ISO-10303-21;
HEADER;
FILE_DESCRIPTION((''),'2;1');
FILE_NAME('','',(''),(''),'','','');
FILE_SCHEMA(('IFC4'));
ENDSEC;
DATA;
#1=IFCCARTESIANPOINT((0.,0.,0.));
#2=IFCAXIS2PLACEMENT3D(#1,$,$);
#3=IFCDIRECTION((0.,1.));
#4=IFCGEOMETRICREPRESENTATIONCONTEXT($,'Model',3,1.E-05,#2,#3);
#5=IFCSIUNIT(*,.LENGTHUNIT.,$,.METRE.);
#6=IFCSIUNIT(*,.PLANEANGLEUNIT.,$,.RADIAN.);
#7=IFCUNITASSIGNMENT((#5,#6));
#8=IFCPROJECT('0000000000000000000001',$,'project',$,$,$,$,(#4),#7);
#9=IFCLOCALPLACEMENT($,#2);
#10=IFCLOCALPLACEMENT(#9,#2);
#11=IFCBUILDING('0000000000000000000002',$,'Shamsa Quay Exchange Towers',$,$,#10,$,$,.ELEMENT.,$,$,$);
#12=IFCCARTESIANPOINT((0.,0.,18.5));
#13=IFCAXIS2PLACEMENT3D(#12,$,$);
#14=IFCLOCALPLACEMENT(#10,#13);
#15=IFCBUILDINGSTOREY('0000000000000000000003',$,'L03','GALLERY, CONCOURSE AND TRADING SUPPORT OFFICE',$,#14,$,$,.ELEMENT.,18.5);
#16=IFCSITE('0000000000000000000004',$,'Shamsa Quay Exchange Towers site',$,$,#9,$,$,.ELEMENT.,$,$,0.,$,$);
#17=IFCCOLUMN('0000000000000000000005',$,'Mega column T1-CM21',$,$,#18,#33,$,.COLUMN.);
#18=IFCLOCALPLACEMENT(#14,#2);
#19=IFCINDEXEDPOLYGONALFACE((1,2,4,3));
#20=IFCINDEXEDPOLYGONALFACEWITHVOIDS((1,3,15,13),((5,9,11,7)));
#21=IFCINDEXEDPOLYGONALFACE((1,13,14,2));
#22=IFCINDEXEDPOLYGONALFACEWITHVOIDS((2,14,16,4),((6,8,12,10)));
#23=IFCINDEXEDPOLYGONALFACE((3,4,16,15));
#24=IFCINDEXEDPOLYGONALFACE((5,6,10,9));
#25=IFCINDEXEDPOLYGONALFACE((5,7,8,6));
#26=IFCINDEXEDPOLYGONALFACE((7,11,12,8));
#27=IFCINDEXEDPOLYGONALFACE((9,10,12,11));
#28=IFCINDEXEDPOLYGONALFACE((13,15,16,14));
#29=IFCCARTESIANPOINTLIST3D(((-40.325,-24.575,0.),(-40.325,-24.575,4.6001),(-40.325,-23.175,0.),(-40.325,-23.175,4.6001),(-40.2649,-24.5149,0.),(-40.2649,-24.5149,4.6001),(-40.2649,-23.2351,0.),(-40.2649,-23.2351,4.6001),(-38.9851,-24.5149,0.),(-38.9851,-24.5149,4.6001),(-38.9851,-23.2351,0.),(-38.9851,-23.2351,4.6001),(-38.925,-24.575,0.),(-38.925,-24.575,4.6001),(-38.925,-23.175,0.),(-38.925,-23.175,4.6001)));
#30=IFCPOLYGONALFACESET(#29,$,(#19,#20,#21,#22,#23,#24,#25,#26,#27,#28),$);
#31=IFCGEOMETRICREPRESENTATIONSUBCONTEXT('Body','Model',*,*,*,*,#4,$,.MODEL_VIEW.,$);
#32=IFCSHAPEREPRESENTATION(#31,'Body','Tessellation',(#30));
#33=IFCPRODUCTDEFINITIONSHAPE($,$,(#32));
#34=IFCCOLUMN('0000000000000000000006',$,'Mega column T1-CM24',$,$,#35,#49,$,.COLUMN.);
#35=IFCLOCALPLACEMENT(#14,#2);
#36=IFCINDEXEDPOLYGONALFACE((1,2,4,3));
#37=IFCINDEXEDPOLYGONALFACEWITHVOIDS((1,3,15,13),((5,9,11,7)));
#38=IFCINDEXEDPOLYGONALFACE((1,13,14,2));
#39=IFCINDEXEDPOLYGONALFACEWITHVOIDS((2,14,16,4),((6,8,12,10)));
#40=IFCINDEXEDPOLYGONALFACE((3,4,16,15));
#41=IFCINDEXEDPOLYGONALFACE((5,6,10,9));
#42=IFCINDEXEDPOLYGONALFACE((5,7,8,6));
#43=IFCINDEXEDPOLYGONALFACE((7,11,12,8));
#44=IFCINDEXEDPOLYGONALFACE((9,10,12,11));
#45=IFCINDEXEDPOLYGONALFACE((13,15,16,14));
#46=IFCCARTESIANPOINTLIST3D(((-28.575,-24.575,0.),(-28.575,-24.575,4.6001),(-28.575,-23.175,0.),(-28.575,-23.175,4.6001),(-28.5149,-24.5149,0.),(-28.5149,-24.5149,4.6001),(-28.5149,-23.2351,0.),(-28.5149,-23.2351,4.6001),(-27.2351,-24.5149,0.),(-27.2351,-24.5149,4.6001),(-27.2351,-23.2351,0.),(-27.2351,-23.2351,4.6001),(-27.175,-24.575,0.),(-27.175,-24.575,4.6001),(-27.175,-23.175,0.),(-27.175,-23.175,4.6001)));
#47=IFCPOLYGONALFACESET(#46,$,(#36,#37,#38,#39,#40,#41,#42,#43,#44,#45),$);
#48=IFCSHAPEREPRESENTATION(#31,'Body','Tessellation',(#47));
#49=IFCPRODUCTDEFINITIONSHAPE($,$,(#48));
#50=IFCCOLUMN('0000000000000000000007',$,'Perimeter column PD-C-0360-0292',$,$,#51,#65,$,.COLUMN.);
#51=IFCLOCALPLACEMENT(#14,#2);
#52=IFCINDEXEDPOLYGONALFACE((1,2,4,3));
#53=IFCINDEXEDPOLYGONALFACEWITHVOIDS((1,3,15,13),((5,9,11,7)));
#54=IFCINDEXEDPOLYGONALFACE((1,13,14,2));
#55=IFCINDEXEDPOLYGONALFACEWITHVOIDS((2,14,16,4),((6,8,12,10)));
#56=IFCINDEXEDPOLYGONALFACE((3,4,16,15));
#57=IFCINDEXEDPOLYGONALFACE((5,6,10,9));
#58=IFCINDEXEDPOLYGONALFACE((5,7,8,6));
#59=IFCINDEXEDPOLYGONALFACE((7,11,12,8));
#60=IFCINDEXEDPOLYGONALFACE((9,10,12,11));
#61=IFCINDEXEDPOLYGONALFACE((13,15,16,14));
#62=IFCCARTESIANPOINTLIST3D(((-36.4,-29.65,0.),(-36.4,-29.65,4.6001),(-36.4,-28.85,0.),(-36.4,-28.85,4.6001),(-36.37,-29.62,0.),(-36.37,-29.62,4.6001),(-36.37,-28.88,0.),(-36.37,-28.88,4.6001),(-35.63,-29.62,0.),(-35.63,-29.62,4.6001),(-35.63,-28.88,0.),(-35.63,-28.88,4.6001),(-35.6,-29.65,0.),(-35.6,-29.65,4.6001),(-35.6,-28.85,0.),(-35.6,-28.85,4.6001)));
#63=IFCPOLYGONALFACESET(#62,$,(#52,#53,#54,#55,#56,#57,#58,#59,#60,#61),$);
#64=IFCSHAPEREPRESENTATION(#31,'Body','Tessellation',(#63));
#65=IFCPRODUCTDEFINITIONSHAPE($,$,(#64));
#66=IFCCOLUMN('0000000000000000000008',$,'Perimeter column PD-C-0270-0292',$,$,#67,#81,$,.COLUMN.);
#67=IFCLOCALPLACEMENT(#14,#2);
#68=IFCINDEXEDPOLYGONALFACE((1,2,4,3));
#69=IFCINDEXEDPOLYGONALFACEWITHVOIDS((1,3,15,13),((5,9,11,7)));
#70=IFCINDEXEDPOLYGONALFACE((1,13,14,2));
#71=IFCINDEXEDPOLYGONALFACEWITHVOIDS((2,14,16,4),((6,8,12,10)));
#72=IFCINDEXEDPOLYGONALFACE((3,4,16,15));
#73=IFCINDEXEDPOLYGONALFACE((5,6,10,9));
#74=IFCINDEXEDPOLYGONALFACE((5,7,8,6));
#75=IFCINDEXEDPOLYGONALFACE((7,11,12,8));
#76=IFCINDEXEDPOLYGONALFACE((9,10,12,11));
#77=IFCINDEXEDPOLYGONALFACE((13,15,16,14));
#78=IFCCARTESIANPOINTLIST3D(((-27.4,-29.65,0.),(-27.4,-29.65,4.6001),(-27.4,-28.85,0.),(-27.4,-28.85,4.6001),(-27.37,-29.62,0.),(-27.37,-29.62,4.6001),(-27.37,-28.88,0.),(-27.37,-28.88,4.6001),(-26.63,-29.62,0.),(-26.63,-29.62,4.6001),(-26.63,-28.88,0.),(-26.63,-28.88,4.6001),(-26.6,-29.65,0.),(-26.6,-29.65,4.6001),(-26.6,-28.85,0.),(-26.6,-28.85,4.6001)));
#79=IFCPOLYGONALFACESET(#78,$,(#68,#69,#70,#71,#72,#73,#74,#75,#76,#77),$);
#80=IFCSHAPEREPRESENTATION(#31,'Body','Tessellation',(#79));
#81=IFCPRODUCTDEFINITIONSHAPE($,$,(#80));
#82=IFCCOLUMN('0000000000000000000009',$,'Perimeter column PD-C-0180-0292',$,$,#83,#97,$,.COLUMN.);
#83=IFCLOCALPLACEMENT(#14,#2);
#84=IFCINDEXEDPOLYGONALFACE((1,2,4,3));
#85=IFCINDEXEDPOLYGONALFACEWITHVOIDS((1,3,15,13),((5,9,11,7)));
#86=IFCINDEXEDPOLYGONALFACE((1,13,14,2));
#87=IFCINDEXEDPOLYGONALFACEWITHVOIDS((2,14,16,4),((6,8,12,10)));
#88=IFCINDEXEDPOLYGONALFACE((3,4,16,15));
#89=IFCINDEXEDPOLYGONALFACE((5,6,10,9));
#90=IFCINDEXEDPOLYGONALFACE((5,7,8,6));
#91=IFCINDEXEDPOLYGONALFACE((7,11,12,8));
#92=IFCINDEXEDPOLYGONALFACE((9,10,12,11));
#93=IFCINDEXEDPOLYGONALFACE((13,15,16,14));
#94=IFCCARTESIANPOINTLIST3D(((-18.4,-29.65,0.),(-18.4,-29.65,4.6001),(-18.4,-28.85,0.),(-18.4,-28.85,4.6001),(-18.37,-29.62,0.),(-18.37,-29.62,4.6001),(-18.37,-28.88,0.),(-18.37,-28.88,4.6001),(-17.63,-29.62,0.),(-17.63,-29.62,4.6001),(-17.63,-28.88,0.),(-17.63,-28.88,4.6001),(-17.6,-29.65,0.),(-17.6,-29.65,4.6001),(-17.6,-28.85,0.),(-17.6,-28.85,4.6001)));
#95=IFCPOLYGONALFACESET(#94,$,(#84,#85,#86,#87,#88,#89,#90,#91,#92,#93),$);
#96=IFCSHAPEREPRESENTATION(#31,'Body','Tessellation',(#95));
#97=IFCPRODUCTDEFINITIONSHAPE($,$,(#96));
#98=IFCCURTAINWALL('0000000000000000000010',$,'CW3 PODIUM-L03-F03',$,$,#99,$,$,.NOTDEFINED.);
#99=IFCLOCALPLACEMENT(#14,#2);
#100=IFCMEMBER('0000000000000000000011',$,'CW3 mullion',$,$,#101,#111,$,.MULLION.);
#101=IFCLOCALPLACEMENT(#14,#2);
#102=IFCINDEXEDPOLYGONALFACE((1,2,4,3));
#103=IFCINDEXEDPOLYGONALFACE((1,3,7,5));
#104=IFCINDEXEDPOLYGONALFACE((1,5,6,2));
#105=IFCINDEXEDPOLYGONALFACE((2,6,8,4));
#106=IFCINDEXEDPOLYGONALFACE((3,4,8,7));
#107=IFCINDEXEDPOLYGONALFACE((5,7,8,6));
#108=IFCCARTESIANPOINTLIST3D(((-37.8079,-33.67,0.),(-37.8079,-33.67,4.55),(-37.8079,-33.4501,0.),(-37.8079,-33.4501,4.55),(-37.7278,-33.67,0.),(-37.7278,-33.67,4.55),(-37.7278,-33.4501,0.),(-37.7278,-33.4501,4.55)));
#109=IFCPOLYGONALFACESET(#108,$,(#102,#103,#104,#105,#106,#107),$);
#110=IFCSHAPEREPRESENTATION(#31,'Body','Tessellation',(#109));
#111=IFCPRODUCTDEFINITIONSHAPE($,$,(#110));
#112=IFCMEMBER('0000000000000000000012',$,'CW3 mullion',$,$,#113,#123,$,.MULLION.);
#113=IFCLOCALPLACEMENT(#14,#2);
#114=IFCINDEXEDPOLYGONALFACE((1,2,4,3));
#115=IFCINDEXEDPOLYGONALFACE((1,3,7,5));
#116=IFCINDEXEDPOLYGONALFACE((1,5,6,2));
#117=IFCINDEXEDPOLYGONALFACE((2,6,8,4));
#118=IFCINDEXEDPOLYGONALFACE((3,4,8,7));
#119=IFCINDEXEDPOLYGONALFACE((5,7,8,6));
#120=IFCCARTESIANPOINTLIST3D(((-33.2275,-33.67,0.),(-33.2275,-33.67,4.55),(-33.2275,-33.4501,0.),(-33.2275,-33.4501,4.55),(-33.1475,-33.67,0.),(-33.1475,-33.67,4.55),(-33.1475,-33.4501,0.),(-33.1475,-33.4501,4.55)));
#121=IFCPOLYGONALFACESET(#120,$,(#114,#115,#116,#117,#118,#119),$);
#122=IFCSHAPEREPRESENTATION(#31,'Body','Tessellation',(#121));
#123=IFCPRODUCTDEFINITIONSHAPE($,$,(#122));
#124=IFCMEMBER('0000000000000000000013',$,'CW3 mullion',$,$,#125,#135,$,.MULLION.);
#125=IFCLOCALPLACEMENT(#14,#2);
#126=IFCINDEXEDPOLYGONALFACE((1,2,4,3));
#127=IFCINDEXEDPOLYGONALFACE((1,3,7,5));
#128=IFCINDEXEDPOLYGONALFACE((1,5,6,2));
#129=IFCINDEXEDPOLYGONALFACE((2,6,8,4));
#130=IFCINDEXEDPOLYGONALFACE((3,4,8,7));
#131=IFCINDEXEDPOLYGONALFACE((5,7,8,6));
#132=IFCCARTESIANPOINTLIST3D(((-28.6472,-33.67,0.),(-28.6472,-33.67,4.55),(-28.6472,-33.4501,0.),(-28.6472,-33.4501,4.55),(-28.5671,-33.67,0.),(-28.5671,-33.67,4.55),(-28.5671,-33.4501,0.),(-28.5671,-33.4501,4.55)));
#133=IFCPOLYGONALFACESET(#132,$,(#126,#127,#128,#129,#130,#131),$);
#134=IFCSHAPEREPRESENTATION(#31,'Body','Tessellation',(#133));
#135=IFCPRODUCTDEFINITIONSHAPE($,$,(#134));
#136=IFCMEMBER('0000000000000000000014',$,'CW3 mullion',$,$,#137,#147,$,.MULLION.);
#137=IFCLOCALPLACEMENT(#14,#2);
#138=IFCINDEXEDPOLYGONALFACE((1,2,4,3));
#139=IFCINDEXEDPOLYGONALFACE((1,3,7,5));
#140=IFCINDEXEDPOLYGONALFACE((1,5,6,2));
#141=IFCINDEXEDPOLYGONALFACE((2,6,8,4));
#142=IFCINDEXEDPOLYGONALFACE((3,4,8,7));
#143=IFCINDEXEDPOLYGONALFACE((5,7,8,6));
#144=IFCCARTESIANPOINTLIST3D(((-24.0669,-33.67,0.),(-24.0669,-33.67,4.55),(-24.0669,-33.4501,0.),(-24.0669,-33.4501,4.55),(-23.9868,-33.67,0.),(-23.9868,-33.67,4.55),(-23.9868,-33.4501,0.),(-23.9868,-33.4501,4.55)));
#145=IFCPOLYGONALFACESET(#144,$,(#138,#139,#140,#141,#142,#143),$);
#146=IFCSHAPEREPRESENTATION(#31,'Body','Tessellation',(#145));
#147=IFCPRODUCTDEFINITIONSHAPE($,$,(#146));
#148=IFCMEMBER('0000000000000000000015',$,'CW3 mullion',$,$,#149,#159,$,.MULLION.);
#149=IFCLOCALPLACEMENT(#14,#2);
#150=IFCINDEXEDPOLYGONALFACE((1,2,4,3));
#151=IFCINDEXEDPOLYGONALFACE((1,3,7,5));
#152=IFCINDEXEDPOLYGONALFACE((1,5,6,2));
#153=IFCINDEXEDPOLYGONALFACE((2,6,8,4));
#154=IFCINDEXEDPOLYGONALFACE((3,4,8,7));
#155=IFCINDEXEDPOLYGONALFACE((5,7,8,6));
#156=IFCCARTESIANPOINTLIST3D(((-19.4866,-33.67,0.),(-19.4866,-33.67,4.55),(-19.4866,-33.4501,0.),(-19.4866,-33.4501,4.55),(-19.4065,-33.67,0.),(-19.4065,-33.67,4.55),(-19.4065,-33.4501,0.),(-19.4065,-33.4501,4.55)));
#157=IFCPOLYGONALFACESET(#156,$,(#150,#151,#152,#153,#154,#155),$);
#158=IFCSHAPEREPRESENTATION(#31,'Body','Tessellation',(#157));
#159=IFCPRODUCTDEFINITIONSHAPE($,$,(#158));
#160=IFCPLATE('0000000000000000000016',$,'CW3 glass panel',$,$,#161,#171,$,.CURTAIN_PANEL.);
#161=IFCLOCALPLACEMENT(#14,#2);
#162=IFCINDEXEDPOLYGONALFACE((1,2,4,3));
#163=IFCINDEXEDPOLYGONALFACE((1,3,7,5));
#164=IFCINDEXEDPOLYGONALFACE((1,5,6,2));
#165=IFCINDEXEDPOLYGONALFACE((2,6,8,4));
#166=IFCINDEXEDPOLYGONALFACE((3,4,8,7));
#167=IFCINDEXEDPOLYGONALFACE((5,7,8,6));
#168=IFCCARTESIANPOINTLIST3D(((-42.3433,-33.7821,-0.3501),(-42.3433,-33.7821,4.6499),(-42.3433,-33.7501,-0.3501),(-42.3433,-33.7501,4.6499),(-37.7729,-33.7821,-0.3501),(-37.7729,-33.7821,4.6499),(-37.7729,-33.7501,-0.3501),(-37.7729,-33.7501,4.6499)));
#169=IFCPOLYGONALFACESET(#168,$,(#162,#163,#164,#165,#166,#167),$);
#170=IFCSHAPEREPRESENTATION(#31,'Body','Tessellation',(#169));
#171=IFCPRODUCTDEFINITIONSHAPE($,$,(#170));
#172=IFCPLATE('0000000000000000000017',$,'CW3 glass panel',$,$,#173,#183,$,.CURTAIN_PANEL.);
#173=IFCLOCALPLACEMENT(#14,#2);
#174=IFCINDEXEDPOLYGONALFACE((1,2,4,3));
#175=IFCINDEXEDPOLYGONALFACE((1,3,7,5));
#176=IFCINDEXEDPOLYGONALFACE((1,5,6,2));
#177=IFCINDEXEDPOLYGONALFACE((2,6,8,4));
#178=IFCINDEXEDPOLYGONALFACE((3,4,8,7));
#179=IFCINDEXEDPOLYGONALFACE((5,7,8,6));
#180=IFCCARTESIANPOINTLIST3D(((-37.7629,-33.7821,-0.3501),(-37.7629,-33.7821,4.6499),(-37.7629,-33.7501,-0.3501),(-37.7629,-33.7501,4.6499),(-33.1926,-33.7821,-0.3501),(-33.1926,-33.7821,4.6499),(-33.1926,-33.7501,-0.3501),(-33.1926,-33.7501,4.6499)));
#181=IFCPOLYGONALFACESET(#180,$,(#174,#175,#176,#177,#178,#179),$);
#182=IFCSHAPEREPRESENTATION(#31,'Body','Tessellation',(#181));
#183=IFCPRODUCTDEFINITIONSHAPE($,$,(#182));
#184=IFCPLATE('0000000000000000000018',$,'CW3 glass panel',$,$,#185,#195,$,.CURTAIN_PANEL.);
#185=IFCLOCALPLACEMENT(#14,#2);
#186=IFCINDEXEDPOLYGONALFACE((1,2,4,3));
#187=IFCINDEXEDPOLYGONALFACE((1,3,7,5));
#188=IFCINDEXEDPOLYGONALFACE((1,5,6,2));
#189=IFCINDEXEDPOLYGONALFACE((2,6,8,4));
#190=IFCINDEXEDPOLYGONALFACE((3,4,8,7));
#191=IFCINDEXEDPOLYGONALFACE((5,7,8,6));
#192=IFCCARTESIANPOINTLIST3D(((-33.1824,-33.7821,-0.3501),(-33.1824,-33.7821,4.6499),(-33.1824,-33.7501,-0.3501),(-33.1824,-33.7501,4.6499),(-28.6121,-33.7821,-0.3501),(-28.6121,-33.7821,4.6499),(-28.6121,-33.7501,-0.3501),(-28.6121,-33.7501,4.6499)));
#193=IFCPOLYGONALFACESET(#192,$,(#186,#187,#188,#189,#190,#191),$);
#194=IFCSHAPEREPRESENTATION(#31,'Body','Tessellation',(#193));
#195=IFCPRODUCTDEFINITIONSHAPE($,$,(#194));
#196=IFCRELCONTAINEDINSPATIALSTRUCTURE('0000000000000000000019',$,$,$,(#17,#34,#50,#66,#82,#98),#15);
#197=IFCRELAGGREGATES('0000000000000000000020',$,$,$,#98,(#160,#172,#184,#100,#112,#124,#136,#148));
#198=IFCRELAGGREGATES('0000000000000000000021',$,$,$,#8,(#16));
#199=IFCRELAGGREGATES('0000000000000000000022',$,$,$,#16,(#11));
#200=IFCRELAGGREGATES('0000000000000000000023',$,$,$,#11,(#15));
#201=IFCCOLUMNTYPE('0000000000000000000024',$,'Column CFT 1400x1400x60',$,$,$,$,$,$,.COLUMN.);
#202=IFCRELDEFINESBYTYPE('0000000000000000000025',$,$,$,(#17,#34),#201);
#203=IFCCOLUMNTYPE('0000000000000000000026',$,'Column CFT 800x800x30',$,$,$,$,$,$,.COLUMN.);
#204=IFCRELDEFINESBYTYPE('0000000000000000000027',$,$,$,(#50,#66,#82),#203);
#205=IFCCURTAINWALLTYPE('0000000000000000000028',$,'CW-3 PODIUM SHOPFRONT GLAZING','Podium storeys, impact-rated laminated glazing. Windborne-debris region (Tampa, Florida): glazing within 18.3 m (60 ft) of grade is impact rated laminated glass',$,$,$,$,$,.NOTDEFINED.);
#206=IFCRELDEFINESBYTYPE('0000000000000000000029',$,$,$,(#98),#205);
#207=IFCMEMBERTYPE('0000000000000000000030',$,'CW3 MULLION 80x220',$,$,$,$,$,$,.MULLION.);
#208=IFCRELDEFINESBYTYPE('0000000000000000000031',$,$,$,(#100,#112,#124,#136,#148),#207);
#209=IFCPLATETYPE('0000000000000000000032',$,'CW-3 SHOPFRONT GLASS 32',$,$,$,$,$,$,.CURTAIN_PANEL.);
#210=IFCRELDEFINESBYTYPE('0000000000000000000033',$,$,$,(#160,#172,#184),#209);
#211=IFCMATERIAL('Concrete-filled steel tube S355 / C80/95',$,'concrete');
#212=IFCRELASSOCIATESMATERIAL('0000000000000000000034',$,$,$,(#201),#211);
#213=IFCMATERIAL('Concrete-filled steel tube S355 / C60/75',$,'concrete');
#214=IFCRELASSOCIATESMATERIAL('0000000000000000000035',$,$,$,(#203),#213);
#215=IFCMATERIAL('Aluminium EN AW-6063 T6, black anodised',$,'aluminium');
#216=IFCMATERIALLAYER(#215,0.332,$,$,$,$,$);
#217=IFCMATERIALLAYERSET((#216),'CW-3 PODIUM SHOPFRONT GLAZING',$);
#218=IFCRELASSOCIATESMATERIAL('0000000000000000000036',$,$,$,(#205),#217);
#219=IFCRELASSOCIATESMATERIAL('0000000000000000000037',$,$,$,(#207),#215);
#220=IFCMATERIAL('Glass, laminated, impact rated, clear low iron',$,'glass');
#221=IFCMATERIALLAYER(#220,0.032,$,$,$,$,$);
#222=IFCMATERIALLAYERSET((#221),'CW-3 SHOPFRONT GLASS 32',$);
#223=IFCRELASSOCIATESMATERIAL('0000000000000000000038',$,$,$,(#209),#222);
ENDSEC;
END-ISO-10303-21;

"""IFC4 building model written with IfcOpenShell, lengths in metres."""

from ifc_helpers import new_model, si_unit, direction, frame, origin, origin_2d, place, context, subcontext, project, spatial, rectangle, hollow_rectangle, extrude, material, layer, layer_set, material_profile, profile_set, type_object, element, aggregate, save


model = new_model("IFC4")

# Units and contexts
model_context = context("Model", 3, precision=1e-05, world=origin(), true_north=direction((0.0, 1.0)))
body_context = subcontext(model_context, "Body", "Model", "MODEL_VIEW")
ifc_project = project(units=[si_unit("LENGTHUNIT", "METRE"), si_unit("PLANEANGLEUNIT", "RADIAN")], contexts=[model_context])

# Site, building, storey
site_placement = place(None, origin())
site = spatial("IfcSite", under=ifc_project, at=site_placement, Name="Shamsa Quay Exchange Towers site", CompositionType="ELEMENT", RefElevation=0.0)
building_placement = place(site_placement, origin())
building = spatial("IfcBuilding", under=site, at=building_placement, Name="Shamsa Quay Exchange Towers", CompositionType="ELEMENT")
storey_placement = place(building_placement, frame((0.0, 0.0, 18.5)))
storey = spatial("IfcBuildingStorey", under=building, at=storey_placement, Name="L03", Description="GALLERY, CONCOURSE AND TRADING SUPPORT OFFICE", CompositionType="ELEMENT", Elevation=18.5)

# Columns
ifc_material_1 = material(Name="Concrete-filled steel tube S355 / C80/95", Category="concrete")
ifc_material_profile_1 = material_profile(ifc_material_1, hollow_rectangle(XDim=1.3999, YDim=1.3999, WallThickness=0.0601, at=origin_2d()), Name="CFT 1400x1400x60")
ifc_profile_set_1 = profile_set([ifc_material_profile_1], Name="Concrete-filled steel tube S355 / C80/95")
column_type_1 = type_object("IfcColumnType", Name="Column CFT 1400x1400x60", PredefinedType="COLUMN", material=ifc_profile_set_1)
for number, where, name in (
    (1, (-39.625, -23.875, 0.0), "Mega column T1-CM21"),
    (2, (-27.875, -23.875, 0.0), "Mega column T1-CM24"),
):
    element("IfcColumn", number, at=place(storey_placement, frame(where)), inside=storey, type_object=column_type_1, Name=name, PredefinedType="COLUMN", context=body_context, shape_type="SweptSolid", body=[
        extrude(hollow_rectangle(XDim=1.3999, YDim=1.3999, WallThickness=0.0601, at=origin_2d()), origin(), (0.0, 0.0, 1.0), 4.6001),
    ])
ifc_material_2 = material(Name="Concrete-filled steel tube S355 / C60/75", Category="concrete")
ifc_material_profile_2 = material_profile(ifc_material_2, hollow_rectangle(XDim=0.8, YDim=0.8, WallThickness=0.03, at=origin_2d()), Name="CFT 800x800x30")
ifc_profile_set_2 = profile_set([ifc_material_profile_2], Name="Concrete-filled steel tube S355 / C60/75")
column_type_2 = type_object("IfcColumnType", Name="Column CFT 800x800x30", PredefinedType="COLUMN", material=ifc_profile_set_2)
for number, where, name in (
    (3, (-36.0, -29.25, 0.0), "Perimeter column PD-C-0360-0292"),
    (4, (-27.0, -29.25, 0.0), "Perimeter column PD-C-0270-0292"),
    (5, (-18.0, -29.25, 0.0), "Perimeter column PD-C-0180-0292"),
):
    element("IfcColumn", number, at=place(storey_placement, frame(where)), inside=storey, type_object=column_type_2, Name=name, PredefinedType="COLUMN", context=body_context, shape_type="SweptSolid", body=[
        extrude(hollow_rectangle(XDim=0.8, YDim=0.8, WallThickness=0.03, at=origin_2d()), origin(), (0.0, 0.0, 1.0), 4.6001),
    ])

# Curtain wall, members, plates
ifc_material_3 = material(Name="Aluminium EN AW-6063 T6, black anodised", Category="aluminium")
ifc_layer_1 = layer(ifc_material_3, 0.332)
ifc_layer_set_1 = layer_set([ifc_layer_1], Name="CW-3 PODIUM SHOPFRONT GLAZING")
curtain_wall_type = type_object("IfcCurtainWallType", Name="CW-3 PODIUM SHOPFRONT GLAZING", Description="Podium storeys, impact-rated laminated glazing. Windborne-debris region (Tampa, Florida): glazing within 18.3 m (60 ft) of grade is impact rated laminated glass", PredefinedType="NOTDEFINED", material=ifc_layer_set_1)
curtain_wall_placement = place(storey_placement, origin())
curtain_wall = element("IfcCurtainWall", 6, at=curtain_wall_placement, inside=storey, type_object=curtain_wall_type, Name="CW3 PODIUM-L03-F03", PredefinedType="NOTDEFINED")
ifc_material_profile_3 = material_profile(ifc_material_3, rectangle(XDim=0.22, YDim=0.0801, at=origin_2d()), Name="MU80x220")
ifc_profile_set_3 = profile_set([ifc_material_profile_3], Name="Aluminium EN AW-6063 T6, black anodised")
member_type = type_object("IfcMemberType", Name="CW3 MULLION 80x220", PredefinedType="MULLION", material=ifc_profile_set_3)
member_1_placement = place(storey_placement, frame((-37.7678, -33.5601, 0.0), z_axis=(0.0, 0.0, 1.0), x_axis=(0.0, 1.0, 0.0)))
member_1 = element("IfcMember", 7, at=member_1_placement, type_object=member_type, Name="CW3 mullion", PredefinedType="MULLION", context=body_context, shape_type="SweptSolid", body=[
    extrude(rectangle(XDim=0.22, YDim=0.0801, at=origin_2d()), origin(), (0.0, 0.0, 1.0), 4.55),
])
member_2_placement = place(storey_placement, frame((-33.1875, -33.5601, 0.0), z_axis=(0.0, 0.0, 1.0), x_axis=(0.0, 1.0, 0.0)))
member_2 = element("IfcMember", 8, at=member_2_placement, type_object=member_type, Name="CW3 mullion", PredefinedType="MULLION", context=body_context, shape_type="SweptSolid", body=[
    extrude(rectangle(XDim=0.22, YDim=0.0801, at=origin_2d()), origin(), (0.0, 0.0, 1.0), 4.55),
])
member_3_placement = place(storey_placement, frame((-28.6072, -33.5601, 0.0), z_axis=(0.0, 0.0, 1.0), x_axis=(0.0, 1.0, 0.0)))
member_3 = element("IfcMember", 9, at=member_3_placement, type_object=member_type, Name="CW3 mullion", PredefinedType="MULLION", context=body_context, shape_type="SweptSolid", body=[
    extrude(rectangle(XDim=0.22, YDim=0.0801, at=origin_2d()), origin(), (0.0, 0.0, 1.0), 4.55),
])
member_4_placement = place(storey_placement, frame((-24.0269, -33.5601, 0.0), z_axis=(0.0, 0.0, 1.0), x_axis=(0.0, 1.0, 0.0)))
member_4 = element("IfcMember", 10, at=member_4_placement, type_object=member_type, Name="CW3 mullion", PredefinedType="MULLION", context=body_context, shape_type="SweptSolid", body=[
    extrude(rectangle(XDim=0.22, YDim=0.0801, at=origin_2d()), origin(), (0.0, 0.0, 1.0), 4.55),
])
member_5_placement = place(storey_placement, frame((-19.4465, -33.5601, 0.0), z_axis=(0.0, 0.0, 1.0), x_axis=(0.0, 1.0, 0.0)))
member_5 = element("IfcMember", 11, at=member_5_placement, type_object=member_type, Name="CW3 mullion", PredefinedType="MULLION", context=body_context, shape_type="SweptSolid", body=[
    extrude(rectangle(XDim=0.22, YDim=0.0801, at=origin_2d()), origin(), (0.0, 0.0, 1.0), 4.55),
])
ifc_material_4 = material(Name="Glass, laminated, impact rated, clear low iron", Category="glass")
ifc_layer_2 = layer(ifc_material_4, 0.032)
ifc_layer_set_2 = layer_set([ifc_layer_2], Name="CW-3 SHOPFRONT GLASS 32")
plate_type = type_object("IfcPlateType", Name="CW-3 SHOPFRONT GLASS 32", PredefinedType="CURTAIN_PANEL", material=ifc_layer_set_2)
plate_1_placement = place(storey_placement, frame((-40.0581, -33.7661, -0.3501)))
plate_1 = element("IfcPlate", 12, at=plate_1_placement, type_object=plate_type, Name="CW3 glass panel", PredefinedType="CURTAIN_PANEL", context=body_context, shape_type="SweptSolid", body=[
    extrude(rectangle(XDim=4.5703, YDim=0.032, at=origin_2d()), origin(), (0.0, 0.0, 1.0), 5.0),
])
plate_2_placement = place(storey_placement, frame((-35.4778, -33.7661, -0.3501)))
plate_2 = element("IfcPlate", 13, at=plate_2_placement, type_object=plate_type, Name="CW3 glass panel", PredefinedType="CURTAIN_PANEL", context=body_context, shape_type="SweptSolid", body=[
    extrude(rectangle(XDim=4.5703, YDim=0.032, at=origin_2d()), origin(), (0.0, 0.0, 1.0), 5.0),
])
plate_3_placement = place(storey_placement, frame((-30.8972, -33.7661, -0.3501)))
plate_3 = element("IfcPlate", 14, at=plate_3_placement, type_object=plate_type, Name="CW3 glass panel", PredefinedType="CURTAIN_PANEL", context=body_context, shape_type="SweptSolid", body=[
    extrude(rectangle(XDim=4.5703, YDim=0.032, at=origin_2d()), origin(), (0.0, 0.0, 1.0), 5.0),
])
aggregate(curtain_wall, [plate_1, plate_2, plate_3, member_1, member_2, member_3, member_4, member_5])

save(model, "model.ifc")
